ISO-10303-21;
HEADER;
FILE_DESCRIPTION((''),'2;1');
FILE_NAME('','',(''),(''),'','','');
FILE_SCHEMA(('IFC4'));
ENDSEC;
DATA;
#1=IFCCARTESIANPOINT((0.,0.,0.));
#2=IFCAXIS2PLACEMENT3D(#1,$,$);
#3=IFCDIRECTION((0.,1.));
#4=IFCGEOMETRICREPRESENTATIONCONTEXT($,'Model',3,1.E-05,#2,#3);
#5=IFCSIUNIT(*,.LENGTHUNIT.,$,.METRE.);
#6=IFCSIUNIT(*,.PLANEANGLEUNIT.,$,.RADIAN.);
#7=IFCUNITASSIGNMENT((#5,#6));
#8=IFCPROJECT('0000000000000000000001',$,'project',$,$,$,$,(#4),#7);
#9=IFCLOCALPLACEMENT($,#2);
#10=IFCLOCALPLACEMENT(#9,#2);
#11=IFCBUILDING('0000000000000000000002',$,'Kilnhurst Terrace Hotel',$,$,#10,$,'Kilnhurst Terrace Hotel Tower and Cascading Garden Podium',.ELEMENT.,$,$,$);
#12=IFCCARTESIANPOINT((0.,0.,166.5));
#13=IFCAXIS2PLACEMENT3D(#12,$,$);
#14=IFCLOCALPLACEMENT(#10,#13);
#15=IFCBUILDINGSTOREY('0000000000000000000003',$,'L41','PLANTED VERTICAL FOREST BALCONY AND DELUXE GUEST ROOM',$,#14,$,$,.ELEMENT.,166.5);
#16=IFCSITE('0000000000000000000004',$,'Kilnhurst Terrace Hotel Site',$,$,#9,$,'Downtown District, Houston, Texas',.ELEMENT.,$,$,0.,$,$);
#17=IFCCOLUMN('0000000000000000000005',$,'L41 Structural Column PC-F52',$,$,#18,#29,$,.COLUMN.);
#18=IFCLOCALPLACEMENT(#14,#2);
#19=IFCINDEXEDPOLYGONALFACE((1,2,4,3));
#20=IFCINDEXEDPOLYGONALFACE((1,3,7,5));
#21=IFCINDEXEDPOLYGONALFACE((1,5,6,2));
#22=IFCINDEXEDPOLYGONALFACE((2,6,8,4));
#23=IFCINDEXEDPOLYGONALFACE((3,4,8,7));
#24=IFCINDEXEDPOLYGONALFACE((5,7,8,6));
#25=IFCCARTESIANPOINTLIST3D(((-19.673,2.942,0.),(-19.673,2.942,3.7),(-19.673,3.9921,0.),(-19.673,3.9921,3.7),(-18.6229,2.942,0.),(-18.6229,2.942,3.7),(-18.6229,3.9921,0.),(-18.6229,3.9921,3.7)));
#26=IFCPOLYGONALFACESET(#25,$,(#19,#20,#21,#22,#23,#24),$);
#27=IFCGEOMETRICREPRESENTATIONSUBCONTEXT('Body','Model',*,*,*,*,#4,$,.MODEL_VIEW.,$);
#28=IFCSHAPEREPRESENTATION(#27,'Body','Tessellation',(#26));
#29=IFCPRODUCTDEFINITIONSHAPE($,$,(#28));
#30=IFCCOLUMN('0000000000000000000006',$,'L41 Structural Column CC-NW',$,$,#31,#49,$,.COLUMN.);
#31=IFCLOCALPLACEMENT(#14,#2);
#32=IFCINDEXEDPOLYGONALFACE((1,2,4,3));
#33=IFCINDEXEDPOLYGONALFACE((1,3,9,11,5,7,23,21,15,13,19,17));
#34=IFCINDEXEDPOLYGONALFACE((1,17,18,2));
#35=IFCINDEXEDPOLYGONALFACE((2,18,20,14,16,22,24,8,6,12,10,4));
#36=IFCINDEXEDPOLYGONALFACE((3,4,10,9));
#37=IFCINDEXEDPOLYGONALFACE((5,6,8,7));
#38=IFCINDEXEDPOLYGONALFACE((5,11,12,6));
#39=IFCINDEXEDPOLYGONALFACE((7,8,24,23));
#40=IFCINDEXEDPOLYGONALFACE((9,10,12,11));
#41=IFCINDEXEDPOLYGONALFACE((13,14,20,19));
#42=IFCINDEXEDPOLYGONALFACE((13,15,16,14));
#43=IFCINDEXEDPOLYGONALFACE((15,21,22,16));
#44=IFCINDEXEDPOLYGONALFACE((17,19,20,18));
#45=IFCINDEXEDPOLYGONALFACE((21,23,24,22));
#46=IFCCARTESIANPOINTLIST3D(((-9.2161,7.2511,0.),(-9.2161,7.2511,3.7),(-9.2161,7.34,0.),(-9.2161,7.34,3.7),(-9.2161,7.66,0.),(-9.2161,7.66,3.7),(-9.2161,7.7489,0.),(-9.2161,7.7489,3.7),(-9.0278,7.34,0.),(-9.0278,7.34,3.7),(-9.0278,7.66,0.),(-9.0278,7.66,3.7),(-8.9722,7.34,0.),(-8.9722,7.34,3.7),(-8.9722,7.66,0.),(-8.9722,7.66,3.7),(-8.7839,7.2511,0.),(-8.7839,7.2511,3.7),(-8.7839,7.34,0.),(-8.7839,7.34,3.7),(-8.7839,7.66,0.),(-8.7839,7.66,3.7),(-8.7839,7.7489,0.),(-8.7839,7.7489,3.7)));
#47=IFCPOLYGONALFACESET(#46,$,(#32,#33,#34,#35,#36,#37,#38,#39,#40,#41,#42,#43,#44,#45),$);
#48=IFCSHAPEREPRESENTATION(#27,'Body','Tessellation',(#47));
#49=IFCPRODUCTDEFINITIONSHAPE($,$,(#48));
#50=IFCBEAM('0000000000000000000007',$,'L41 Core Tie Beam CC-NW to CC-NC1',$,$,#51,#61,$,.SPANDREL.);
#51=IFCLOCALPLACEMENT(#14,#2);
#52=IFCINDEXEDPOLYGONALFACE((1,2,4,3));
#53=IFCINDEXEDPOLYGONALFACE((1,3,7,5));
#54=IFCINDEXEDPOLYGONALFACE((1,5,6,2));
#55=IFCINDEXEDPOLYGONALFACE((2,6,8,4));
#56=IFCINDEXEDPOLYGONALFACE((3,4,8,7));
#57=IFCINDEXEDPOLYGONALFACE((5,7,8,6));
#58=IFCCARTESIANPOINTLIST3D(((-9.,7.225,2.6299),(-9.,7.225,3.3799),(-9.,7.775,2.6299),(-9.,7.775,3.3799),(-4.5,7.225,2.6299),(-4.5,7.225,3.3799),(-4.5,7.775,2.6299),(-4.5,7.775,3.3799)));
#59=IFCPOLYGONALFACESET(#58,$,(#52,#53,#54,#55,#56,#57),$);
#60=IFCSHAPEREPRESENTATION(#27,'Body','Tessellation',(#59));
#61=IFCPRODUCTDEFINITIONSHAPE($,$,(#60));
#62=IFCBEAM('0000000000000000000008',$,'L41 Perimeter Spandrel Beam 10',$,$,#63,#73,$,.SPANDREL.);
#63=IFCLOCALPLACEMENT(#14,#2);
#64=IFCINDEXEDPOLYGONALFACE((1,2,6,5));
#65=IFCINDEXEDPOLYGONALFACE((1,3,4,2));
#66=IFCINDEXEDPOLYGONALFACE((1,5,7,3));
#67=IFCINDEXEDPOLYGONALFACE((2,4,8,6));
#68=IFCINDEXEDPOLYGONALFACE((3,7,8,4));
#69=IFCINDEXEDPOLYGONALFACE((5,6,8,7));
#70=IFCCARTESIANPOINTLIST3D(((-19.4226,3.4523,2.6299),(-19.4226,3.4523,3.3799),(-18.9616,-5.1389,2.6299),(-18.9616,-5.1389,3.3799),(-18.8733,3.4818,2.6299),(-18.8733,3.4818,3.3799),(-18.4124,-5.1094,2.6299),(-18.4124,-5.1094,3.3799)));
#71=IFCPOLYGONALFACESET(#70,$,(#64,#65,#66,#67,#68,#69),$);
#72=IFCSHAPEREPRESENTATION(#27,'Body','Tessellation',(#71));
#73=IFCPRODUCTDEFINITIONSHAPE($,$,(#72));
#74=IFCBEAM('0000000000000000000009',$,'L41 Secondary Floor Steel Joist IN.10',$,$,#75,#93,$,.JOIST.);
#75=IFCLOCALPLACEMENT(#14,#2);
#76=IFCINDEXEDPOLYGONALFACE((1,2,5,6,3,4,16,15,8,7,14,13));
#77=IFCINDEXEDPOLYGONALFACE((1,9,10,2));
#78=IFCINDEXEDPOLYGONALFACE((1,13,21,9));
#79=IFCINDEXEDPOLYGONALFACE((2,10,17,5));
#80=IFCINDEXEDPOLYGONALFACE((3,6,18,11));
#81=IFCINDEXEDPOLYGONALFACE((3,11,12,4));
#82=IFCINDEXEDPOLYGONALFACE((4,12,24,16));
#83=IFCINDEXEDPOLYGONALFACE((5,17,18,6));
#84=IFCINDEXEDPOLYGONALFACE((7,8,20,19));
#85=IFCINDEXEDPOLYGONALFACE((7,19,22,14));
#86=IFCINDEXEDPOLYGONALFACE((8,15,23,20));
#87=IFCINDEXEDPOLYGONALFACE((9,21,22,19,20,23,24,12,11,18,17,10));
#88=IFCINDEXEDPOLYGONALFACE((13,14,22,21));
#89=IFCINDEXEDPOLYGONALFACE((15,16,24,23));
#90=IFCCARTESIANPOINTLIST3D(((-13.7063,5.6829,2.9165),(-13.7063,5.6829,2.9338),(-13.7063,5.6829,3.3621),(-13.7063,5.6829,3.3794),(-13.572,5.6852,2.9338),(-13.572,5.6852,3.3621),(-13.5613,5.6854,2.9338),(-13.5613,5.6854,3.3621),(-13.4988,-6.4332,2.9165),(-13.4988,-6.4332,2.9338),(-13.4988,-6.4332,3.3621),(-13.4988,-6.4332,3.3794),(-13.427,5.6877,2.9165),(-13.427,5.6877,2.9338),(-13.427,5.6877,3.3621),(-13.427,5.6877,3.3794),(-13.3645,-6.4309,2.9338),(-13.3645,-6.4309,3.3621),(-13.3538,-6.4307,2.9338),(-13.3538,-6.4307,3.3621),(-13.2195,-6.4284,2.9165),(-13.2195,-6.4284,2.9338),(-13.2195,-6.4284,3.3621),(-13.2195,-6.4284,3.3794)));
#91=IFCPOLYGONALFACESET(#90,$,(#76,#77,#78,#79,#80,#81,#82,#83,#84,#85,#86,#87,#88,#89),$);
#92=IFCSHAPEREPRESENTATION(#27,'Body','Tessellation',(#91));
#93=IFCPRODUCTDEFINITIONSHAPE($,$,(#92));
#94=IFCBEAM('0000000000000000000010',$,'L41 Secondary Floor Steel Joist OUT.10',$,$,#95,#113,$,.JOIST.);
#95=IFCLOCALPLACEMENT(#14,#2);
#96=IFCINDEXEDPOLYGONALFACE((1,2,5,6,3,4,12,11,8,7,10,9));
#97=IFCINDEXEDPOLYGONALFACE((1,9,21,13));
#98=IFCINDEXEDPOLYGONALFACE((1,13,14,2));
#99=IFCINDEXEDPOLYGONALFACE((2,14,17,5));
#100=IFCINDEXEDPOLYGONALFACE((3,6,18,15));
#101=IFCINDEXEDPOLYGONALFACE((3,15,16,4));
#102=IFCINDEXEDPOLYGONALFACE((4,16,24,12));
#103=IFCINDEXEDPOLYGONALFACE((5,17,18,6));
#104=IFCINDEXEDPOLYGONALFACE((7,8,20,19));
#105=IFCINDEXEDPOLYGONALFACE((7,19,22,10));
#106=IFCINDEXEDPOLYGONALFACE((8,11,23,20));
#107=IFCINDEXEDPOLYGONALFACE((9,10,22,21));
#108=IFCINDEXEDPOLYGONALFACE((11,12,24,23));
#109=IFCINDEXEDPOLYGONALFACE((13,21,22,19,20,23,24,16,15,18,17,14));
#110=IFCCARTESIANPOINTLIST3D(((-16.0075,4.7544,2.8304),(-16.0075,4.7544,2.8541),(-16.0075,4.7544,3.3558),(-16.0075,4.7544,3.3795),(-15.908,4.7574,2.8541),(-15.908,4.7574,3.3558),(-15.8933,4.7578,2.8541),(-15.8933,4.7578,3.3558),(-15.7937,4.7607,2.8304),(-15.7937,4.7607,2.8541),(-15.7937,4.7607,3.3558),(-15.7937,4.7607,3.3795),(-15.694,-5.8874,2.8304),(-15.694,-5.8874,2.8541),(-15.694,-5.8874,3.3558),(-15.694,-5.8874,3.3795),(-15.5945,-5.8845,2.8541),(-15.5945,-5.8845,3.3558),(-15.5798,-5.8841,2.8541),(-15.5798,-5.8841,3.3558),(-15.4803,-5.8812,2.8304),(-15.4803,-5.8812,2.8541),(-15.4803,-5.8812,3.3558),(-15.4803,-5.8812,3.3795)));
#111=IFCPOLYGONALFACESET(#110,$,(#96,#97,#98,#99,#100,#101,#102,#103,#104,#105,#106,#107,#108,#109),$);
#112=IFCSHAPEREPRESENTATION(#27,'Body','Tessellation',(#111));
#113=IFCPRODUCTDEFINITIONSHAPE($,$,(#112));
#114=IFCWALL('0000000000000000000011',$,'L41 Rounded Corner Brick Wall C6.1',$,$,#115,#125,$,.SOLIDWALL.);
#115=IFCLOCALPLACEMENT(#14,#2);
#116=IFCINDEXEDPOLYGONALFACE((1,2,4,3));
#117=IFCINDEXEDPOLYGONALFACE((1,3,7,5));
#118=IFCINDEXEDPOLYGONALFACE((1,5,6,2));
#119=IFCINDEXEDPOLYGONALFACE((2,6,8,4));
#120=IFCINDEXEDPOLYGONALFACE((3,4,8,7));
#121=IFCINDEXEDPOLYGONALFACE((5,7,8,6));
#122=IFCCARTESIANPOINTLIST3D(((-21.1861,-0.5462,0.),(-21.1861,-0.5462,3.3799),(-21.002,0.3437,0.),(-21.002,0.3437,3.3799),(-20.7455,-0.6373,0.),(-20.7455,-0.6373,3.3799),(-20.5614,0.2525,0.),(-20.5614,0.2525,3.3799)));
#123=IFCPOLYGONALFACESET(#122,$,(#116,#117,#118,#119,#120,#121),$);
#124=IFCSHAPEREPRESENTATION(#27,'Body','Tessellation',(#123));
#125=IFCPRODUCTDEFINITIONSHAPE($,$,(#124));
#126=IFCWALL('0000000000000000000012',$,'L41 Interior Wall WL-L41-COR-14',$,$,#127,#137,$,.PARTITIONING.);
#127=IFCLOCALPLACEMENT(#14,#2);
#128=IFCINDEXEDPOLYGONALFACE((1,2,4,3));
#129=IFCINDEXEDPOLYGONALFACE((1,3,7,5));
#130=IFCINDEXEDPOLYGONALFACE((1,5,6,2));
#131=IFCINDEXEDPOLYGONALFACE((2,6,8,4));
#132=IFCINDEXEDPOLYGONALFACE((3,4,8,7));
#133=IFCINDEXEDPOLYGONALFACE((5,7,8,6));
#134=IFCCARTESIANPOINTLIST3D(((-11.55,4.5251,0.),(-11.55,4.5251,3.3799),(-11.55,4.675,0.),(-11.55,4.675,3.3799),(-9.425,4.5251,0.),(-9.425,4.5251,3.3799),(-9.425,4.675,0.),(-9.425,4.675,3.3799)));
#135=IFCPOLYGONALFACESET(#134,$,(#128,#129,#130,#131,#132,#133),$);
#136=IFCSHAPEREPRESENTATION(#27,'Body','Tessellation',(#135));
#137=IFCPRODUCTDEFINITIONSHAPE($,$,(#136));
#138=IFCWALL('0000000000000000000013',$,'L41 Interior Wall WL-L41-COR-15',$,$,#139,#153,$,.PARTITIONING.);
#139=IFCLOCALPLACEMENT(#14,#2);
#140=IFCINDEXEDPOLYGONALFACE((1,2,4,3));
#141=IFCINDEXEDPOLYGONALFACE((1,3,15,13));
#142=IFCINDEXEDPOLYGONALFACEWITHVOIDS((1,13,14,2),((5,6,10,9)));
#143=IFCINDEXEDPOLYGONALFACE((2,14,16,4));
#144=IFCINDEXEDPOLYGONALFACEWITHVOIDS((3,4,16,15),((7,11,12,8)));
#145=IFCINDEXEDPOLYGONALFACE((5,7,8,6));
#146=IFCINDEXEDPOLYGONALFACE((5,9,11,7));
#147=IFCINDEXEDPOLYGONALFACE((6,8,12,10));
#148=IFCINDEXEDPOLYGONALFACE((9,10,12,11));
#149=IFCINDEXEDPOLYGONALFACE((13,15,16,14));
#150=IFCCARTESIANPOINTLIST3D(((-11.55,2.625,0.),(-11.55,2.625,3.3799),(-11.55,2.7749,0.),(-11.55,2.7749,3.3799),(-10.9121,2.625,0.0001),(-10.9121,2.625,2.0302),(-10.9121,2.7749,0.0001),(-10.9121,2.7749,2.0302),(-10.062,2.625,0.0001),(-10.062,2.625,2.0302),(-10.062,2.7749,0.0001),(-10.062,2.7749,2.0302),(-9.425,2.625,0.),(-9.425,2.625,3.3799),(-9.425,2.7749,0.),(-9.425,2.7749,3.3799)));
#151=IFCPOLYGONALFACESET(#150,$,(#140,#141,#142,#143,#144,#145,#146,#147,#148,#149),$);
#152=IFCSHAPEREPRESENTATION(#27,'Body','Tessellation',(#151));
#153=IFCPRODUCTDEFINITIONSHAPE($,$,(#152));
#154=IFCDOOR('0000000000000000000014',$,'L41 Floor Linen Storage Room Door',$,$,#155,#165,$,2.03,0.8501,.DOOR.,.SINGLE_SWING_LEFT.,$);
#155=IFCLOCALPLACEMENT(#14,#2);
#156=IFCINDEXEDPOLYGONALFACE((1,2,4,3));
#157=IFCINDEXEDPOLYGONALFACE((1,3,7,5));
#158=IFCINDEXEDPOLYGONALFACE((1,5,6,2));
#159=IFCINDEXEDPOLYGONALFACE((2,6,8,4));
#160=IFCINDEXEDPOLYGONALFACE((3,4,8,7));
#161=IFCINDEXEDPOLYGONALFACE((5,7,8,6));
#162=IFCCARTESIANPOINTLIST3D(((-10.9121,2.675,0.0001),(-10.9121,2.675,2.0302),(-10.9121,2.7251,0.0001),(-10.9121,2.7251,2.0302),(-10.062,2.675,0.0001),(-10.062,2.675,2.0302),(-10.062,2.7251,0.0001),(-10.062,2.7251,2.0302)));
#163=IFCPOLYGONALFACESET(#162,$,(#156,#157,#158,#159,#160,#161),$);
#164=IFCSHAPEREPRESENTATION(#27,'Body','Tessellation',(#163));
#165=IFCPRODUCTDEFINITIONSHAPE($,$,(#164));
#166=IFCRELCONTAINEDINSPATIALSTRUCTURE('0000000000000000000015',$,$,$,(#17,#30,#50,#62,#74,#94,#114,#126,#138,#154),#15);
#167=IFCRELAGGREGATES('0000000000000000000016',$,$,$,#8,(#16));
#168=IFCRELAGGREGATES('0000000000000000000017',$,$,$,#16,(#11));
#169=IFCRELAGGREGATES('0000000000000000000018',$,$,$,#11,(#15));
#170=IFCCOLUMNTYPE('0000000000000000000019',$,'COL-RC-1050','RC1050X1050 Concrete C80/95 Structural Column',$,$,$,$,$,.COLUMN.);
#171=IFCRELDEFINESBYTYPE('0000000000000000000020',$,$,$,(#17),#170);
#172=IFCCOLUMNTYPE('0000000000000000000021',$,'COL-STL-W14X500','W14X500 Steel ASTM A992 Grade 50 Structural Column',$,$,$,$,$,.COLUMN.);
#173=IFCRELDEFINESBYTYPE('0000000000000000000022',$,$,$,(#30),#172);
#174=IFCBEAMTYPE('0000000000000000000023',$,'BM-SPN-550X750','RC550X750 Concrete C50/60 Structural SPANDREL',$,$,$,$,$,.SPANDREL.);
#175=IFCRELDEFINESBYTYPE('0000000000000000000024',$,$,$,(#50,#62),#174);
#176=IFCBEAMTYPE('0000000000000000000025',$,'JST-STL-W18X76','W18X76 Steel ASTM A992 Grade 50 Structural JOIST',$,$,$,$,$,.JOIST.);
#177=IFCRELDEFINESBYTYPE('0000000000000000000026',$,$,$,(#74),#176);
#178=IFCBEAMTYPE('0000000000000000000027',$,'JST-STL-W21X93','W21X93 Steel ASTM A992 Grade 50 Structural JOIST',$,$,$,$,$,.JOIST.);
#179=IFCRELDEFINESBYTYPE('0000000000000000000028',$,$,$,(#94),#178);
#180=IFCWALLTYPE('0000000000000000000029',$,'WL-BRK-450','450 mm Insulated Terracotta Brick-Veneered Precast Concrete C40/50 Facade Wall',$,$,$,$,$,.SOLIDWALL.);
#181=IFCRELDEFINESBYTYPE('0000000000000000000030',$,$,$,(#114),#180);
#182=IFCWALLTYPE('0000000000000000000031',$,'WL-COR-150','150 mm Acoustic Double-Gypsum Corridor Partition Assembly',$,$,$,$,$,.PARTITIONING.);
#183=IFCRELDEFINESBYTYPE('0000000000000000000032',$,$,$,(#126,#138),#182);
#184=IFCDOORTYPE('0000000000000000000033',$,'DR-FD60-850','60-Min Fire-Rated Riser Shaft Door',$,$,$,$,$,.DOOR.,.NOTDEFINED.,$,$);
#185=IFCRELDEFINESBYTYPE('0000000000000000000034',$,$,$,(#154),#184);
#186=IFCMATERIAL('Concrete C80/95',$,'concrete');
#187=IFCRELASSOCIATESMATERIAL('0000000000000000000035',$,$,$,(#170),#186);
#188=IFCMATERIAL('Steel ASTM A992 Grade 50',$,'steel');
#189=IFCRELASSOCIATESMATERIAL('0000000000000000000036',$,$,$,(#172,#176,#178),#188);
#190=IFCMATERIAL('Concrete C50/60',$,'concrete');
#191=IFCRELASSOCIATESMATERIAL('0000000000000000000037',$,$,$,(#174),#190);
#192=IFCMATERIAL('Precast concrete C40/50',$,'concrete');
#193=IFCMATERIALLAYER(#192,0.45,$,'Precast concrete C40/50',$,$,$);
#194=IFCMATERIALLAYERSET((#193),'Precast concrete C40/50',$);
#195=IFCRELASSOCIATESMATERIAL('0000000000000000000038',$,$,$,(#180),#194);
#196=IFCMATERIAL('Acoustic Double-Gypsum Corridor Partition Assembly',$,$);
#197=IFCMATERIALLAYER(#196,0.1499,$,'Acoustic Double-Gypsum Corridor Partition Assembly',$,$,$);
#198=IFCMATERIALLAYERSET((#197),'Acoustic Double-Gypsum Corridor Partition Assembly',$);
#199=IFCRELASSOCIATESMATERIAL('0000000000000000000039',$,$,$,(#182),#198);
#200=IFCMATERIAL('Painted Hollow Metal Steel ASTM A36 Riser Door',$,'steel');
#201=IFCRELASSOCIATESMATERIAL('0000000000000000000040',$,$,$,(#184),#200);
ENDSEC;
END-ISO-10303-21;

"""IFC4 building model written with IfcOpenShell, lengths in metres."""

from ifc_helpers import new_model, si_unit, direction, frame, frame_2d, origin, origin_2d, place, context, subcontext, project, spatial, rectangle, i_section, extrude, material, layer, layer_set, material_profile, profile_set, type_object, element, fill, save


model = new_model("IFC4")

# Units and contexts
model_context = context("Model", 3, precision=1e-05, world=origin(), true_north=direction((0.0, 1.0)))
body_context = subcontext(model_context, "Body", "Model", "MODEL_VIEW")
ifc_project = project(units=[si_unit("LENGTHUNIT", "METRE"), si_unit("PLANEANGLEUNIT", "RADIAN")], contexts=[model_context])

# Site, building, storey
site_placement = place(None, origin())
site = spatial("IfcSite", under=ifc_project, at=site_placement, Name="Kilnhurst Terrace Hotel Site", LongName="Downtown District, Houston, Texas", CompositionType="ELEMENT", RefElevation=0.0)
building_placement = place(site_placement, origin())
building = spatial("IfcBuilding", under=site, at=building_placement, Name="Kilnhurst Terrace Hotel", LongName="Kilnhurst Terrace Hotel Tower and Cascading Garden Podium", CompositionType="ELEMENT")
storey_placement = place(building_placement, frame((0.0, 0.0, 166.5)))
storey = spatial("IfcBuildingStorey", under=building, at=storey_placement, Name="L41", Description="PLANTED VERTICAL FOREST BALCONY AND DELUXE GUEST ROOM", CompositionType="ELEMENT", Elevation=166.5)

# Columns
ifc_material_1 = material(Name="Concrete C80/95", Category="concrete")
ifc_material_profile_1 = material_profile(ifc_material_1, rectangle(XDim=1.05, YDim=1.05, at=origin_2d()), Name="RC1050X1050")
ifc_profile_set_1 = profile_set([ifc_material_profile_1], Name="Concrete C80/95")
column_type_1 = type_object("IfcColumnType", Name="COL-RC-1050", Description="RC1050X1050 Concrete C80/95 Structural Column", PredefinedType="COLUMN", material=ifc_profile_set_1)
column_1_placement = place(storey_placement, frame((-19.1479, 3.467, 0.0), z_axis=(0.0, 0.0, 1.0), x_axis=(1.0, 0.0, 0.0)))
element("IfcColumn", 1, at=column_1_placement, inside=storey, type_object=column_type_1, Name="L41 Structural Column PC-F52", PredefinedType="COLUMN", context=body_context, shape_type="SweptSolid", body=[
    extrude(rectangle(XDim=1.05, YDim=1.05, at=origin_2d()), origin(), (0.0, 0.0, 1.0), 3.7),
])
ifc_material_2 = material(Name="Steel ASTM A992 Grade 50", Category="steel")
ifc_material_profile_2 = material_profile(ifc_material_2, i_section(OverallWidth=0.4321, OverallDepth=0.4978, WebThickness=0.0557, FlangeThickness=0.0889, at=origin_2d()), Name="W14X500")
ifc_profile_set_2 = profile_set([ifc_material_profile_2], Name="Steel ASTM A992 Grade 50")
column_type_2 = type_object("IfcColumnType", Name="COL-STL-W14X500", Description="W14X500 Steel ASTM A992 Grade 50 Structural Column", PredefinedType="COLUMN", material=ifc_profile_set_2)
column_2_placement = place(storey_placement, frame((-9.0, 7.5, 0.0), z_axis=(0.0, 0.0, 1.0), x_axis=(1.0, 0.0, 0.0)))
element("IfcColumn", 2, at=column_2_placement, inside=storey, type_object=column_type_2, Name="L41 Structural Column CC-NW", PredefinedType="COLUMN", context=body_context, shape_type="SweptSolid", body=[
    extrude(i_section(OverallWidth=0.4321, OverallDepth=0.4978, WebThickness=0.0557, FlangeThickness=0.0889, at=origin_2d()), origin(), (0.0, 0.0, 1.0), 3.7),
])

# Beams
ifc_material_3 = material(Name="Concrete C50/60", Category="concrete")
ifc_material_profile_3 = material_profile(ifc_material_3, rectangle(XDim=0.55, YDim=0.75, at=origin_2d()), Name="RC550X750")
ifc_profile_set_3 = profile_set([ifc_material_profile_3], Name="Concrete C50/60")
beam_type_1 = type_object("IfcBeamType", Name="BM-SPN-550X750", Description="RC550X750 Concrete C50/60 Structural SPANDREL", PredefinedType="SPANDREL", material=ifc_profile_set_3)
beam_1_placement = place(storey_placement, frame((-9.0, 7.5, 3.0049), z_axis=(1.0, 0.0, 0.0), x_axis=(0.0, 1.0, 0.0)))
element("IfcBeam", 3, at=beam_1_placement, inside=storey, type_object=beam_type_1, Name="L41 Core Tie Beam CC-NW to CC-NC1", PredefinedType="SPANDREL", context=body_context, shape_type="SweptSolid", body=[
    extrude(rectangle(XDim=0.55, YDim=0.75, at=origin_2d()), origin(), (0.0, 0.0, 1.0), 4.5),
])
beam_2_placement = place(storey_placement, frame((-19.1479, 3.467, 3.0049), z_axis=(0.053576, -0.998564, 0.0), x_axis=(0.998564, 0.053576, 0.0)))
element("IfcBeam", 4, at=beam_2_placement, inside=storey, type_object=beam_type_1, Name="L41 Perimeter Spandrel Beam 10", PredefinedType="SPANDREL", context=body_context, shape_type="SweptSolid", body=[
    extrude(rectangle(XDim=0.55, YDim=0.75, at=origin_2d()), origin(), (0.0, 0.0, 1.0), 8.6035),
])
ifc_material_profile_4 = material_profile(ifc_material_2, i_section(OverallWidth=0.2793, OverallDepth=0.4629, WebThickness=0.0107, FlangeThickness=0.0173, at=origin_2d()), Name="W18X76")
ifc_profile_set_4 = profile_set([ifc_material_profile_4], Name="Steel ASTM A992 Grade 50")
beam_type_2 = type_object("IfcBeamType", Name="JST-STL-W18X76", Description="W18X76 Steel ASTM A992 Grade 50 Structural JOIST", PredefinedType="JOIST", material=ifc_profile_set_4)
beam_3_placement = place(storey_placement, frame((-13.5667, 5.6853, 3.1479), z_axis=(0.017125, -0.999853, 0.0), x_axis=(0.999853, 0.017125, 0.0)))
element("IfcBeam", 5, at=beam_3_placement, inside=storey, type_object=beam_type_2, Name="L41 Secondary Floor Steel Joist IN.10", PredefinedType="JOIST", context=body_context, shape_type="SweptSolid", body=[
    extrude(i_section(OverallWidth=0.2793, OverallDepth=0.4629, WebThickness=0.0107, FlangeThickness=0.0173, at=origin_2d()), origin(), (0.0, 0.0, 1.0), 12.1179),
])
ifc_material_profile_5 = material_profile(ifc_material_2, i_section(OverallWidth=0.2139, OverallDepth=0.5491, WebThickness=0.0146, FlangeThickness=0.0237, at=origin_2d()), Name="W21X93")
ifc_profile_set_5 = profile_set([ifc_material_profile_5], Name="Steel ASTM A992 Grade 50")
beam_type_3 = type_object("IfcBeamType", Name="JST-STL-W21X93", Description="W21X93 Steel ASTM A992 Grade 50 Structural JOIST", PredefinedType="JOIST", material=ifc_profile_set_5)
beam_4_placement = place(storey_placement, frame((-15.9006, 4.7576, 3.105), z_axis=(0.029444, -0.999566, 0.0), x_axis=(0.999566, 0.029444, 0.0)))
element("IfcBeam", 6, at=beam_4_placement, inside=storey, type_object=beam_type_3, Name="L41 Secondary Floor Steel Joist OUT.10", PredefinedType="JOIST", context=body_context, shape_type="SweptSolid", body=[
    extrude(i_section(OverallWidth=0.2139, OverallDepth=0.5491, WebThickness=0.0146, FlangeThickness=0.0237, at=origin_2d()), origin(), (0.0, 0.0, 1.0), 10.6465),
])

# Walls
ifc_material_4 = material(Name="Precast concrete C40/50", Category="concrete")
ifc_layer_1 = layer(ifc_material_4, 0.45, Name="Precast concrete C40/50")
ifc_layer_set_1 = layer_set([ifc_layer_1], Name="Precast concrete C40/50")
wall_type_1 = type_object("IfcWallType", Name="WL-BRK-450", Description="450 mm Insulated Terracotta Brick-Veneered Precast Concrete C40/50 Facade Wall", PredefinedType="SOLIDWALL", material=ifc_layer_set_1)
wall_1_placement = place(storey_placement, frame((-20.7817, 0.2981, 0.0), z_axis=(0.0, 0.0, 1.0), x_axis=(-0.20257, -0.979268, 0.0)))
element("IfcWall", 7, at=wall_1_placement, inside=storey, type_object=wall_type_1, Name="L41 Rounded Corner Brick Wall C6.1", PredefinedType="SOLIDWALL", context=body_context, shape_type="SweptSolid", body=[
    extrude(rectangle(XDim=0.9087, YDim=0.45, at=frame_2d((0.4543, 0.0))), origin(), (0.0, 0.0, 1.0), 3.3799),
])
ifc_material_5 = material(Name="Acoustic Double-Gypsum Corridor Partition Assembly")
ifc_layer_2 = layer(ifc_material_5, 0.1499, Name="Acoustic Double-Gypsum Corridor Partition Assembly")
ifc_layer_set_2 = layer_set([ifc_layer_2], Name="Acoustic Double-Gypsum Corridor Partition Assembly")
wall_type_2 = type_object("IfcWallType", Name="WL-COR-150", Description="150 mm Acoustic Double-Gypsum Corridor Partition Assembly", PredefinedType="PARTITIONING", material=ifc_layer_set_2)
wall_2_placement = place(storey_placement, frame((-11.55, 4.6001, 0.0), z_axis=(0.0, 0.0, 1.0), x_axis=(1.0, 0.0, 0.0)))
element("IfcWall", 8, at=wall_2_placement, inside=storey, type_object=wall_type_2, Name="L41 Interior Wall WL-L41-COR-14", PredefinedType="PARTITIONING", context=body_context, shape_type="SweptSolid", body=[
    extrude(rectangle(XDim=2.125, YDim=0.1499, at=frame_2d((1.0625, 0.0))), origin(), (0.0, 0.0, 1.0), 3.3799),
])

# Wall, opening, door
wall_3_placement = place(storey_placement, frame((-9.425, 2.7, 0.0), z_axis=(0.0, 0.0, 1.0), x_axis=(-1.0, 0.0, 0.0)))
wall_3 = element("IfcWall", 9, at=wall_3_placement, inside=storey, type_object=wall_type_2, Name="L41 Interior Wall WL-L41-COR-15", PredefinedType="PARTITIONING", context=body_context, shape_type="SweptSolid", body=[
    extrude(rectangle(XDim=2.125, YDim=0.1499, at=frame_2d((1.0625, 0.0))), origin(), (0.0, 0.0, 1.0), 3.3799),
])
opening_placement = place(wall_3_placement, frame((0.637, 0.0, 0.0)))
opening = element("IfcOpeningElement", 10, at=opening_placement, cuts=wall_3, PredefinedType="OPENING", context=body_context, shape_type="SweptSolid", body=[
    extrude(rectangle(XDim=0.8501, YDim=2.03, at=frame_2d((0.425, 1.0151))), frame((0.0, 0.085, 0.0), z_axis=(0.0, -1.0, 0.0), x_axis=(1.0, 0.0, 0.0)), (0.0, 0.0, 1.0), 0.1699),
])
ifc_material_6 = material(Name="Painted Hollow Metal Steel ASTM A36 Riser Door", Category="steel")
door_type = type_object("IfcDoorType", Name="DR-FD60-850", Description="60-Min Fire-Rated Riser Shaft Door", OperationType="NOTDEFINED", PredefinedType="DOOR", material=ifc_material_6)
door_placement = place(opening_placement, origin())
door = element("IfcDoor", 11, at=door_placement, inside=storey, type_object=door_type, Name="L41 Floor Linen Storage Room Door", OperationType="SINGLE_SWING_LEFT", OverallHeight=2.03, OverallWidth=0.8501, PredefinedType="DOOR", context=body_context, shape_type="SweptSolid", body=[
    extrude(rectangle(XDim=0.8501, YDim=2.03, at=frame_2d((0.425, 1.0151))), frame((0.0, 0.0249, 0.0), z_axis=(0.0, -1.0, 0.0), x_axis=(1.0, 0.0, 0.0)), (0.0, 0.0, 1.0), 0.05),
])
fill(opening, door)

save(model, "model.ifc")
